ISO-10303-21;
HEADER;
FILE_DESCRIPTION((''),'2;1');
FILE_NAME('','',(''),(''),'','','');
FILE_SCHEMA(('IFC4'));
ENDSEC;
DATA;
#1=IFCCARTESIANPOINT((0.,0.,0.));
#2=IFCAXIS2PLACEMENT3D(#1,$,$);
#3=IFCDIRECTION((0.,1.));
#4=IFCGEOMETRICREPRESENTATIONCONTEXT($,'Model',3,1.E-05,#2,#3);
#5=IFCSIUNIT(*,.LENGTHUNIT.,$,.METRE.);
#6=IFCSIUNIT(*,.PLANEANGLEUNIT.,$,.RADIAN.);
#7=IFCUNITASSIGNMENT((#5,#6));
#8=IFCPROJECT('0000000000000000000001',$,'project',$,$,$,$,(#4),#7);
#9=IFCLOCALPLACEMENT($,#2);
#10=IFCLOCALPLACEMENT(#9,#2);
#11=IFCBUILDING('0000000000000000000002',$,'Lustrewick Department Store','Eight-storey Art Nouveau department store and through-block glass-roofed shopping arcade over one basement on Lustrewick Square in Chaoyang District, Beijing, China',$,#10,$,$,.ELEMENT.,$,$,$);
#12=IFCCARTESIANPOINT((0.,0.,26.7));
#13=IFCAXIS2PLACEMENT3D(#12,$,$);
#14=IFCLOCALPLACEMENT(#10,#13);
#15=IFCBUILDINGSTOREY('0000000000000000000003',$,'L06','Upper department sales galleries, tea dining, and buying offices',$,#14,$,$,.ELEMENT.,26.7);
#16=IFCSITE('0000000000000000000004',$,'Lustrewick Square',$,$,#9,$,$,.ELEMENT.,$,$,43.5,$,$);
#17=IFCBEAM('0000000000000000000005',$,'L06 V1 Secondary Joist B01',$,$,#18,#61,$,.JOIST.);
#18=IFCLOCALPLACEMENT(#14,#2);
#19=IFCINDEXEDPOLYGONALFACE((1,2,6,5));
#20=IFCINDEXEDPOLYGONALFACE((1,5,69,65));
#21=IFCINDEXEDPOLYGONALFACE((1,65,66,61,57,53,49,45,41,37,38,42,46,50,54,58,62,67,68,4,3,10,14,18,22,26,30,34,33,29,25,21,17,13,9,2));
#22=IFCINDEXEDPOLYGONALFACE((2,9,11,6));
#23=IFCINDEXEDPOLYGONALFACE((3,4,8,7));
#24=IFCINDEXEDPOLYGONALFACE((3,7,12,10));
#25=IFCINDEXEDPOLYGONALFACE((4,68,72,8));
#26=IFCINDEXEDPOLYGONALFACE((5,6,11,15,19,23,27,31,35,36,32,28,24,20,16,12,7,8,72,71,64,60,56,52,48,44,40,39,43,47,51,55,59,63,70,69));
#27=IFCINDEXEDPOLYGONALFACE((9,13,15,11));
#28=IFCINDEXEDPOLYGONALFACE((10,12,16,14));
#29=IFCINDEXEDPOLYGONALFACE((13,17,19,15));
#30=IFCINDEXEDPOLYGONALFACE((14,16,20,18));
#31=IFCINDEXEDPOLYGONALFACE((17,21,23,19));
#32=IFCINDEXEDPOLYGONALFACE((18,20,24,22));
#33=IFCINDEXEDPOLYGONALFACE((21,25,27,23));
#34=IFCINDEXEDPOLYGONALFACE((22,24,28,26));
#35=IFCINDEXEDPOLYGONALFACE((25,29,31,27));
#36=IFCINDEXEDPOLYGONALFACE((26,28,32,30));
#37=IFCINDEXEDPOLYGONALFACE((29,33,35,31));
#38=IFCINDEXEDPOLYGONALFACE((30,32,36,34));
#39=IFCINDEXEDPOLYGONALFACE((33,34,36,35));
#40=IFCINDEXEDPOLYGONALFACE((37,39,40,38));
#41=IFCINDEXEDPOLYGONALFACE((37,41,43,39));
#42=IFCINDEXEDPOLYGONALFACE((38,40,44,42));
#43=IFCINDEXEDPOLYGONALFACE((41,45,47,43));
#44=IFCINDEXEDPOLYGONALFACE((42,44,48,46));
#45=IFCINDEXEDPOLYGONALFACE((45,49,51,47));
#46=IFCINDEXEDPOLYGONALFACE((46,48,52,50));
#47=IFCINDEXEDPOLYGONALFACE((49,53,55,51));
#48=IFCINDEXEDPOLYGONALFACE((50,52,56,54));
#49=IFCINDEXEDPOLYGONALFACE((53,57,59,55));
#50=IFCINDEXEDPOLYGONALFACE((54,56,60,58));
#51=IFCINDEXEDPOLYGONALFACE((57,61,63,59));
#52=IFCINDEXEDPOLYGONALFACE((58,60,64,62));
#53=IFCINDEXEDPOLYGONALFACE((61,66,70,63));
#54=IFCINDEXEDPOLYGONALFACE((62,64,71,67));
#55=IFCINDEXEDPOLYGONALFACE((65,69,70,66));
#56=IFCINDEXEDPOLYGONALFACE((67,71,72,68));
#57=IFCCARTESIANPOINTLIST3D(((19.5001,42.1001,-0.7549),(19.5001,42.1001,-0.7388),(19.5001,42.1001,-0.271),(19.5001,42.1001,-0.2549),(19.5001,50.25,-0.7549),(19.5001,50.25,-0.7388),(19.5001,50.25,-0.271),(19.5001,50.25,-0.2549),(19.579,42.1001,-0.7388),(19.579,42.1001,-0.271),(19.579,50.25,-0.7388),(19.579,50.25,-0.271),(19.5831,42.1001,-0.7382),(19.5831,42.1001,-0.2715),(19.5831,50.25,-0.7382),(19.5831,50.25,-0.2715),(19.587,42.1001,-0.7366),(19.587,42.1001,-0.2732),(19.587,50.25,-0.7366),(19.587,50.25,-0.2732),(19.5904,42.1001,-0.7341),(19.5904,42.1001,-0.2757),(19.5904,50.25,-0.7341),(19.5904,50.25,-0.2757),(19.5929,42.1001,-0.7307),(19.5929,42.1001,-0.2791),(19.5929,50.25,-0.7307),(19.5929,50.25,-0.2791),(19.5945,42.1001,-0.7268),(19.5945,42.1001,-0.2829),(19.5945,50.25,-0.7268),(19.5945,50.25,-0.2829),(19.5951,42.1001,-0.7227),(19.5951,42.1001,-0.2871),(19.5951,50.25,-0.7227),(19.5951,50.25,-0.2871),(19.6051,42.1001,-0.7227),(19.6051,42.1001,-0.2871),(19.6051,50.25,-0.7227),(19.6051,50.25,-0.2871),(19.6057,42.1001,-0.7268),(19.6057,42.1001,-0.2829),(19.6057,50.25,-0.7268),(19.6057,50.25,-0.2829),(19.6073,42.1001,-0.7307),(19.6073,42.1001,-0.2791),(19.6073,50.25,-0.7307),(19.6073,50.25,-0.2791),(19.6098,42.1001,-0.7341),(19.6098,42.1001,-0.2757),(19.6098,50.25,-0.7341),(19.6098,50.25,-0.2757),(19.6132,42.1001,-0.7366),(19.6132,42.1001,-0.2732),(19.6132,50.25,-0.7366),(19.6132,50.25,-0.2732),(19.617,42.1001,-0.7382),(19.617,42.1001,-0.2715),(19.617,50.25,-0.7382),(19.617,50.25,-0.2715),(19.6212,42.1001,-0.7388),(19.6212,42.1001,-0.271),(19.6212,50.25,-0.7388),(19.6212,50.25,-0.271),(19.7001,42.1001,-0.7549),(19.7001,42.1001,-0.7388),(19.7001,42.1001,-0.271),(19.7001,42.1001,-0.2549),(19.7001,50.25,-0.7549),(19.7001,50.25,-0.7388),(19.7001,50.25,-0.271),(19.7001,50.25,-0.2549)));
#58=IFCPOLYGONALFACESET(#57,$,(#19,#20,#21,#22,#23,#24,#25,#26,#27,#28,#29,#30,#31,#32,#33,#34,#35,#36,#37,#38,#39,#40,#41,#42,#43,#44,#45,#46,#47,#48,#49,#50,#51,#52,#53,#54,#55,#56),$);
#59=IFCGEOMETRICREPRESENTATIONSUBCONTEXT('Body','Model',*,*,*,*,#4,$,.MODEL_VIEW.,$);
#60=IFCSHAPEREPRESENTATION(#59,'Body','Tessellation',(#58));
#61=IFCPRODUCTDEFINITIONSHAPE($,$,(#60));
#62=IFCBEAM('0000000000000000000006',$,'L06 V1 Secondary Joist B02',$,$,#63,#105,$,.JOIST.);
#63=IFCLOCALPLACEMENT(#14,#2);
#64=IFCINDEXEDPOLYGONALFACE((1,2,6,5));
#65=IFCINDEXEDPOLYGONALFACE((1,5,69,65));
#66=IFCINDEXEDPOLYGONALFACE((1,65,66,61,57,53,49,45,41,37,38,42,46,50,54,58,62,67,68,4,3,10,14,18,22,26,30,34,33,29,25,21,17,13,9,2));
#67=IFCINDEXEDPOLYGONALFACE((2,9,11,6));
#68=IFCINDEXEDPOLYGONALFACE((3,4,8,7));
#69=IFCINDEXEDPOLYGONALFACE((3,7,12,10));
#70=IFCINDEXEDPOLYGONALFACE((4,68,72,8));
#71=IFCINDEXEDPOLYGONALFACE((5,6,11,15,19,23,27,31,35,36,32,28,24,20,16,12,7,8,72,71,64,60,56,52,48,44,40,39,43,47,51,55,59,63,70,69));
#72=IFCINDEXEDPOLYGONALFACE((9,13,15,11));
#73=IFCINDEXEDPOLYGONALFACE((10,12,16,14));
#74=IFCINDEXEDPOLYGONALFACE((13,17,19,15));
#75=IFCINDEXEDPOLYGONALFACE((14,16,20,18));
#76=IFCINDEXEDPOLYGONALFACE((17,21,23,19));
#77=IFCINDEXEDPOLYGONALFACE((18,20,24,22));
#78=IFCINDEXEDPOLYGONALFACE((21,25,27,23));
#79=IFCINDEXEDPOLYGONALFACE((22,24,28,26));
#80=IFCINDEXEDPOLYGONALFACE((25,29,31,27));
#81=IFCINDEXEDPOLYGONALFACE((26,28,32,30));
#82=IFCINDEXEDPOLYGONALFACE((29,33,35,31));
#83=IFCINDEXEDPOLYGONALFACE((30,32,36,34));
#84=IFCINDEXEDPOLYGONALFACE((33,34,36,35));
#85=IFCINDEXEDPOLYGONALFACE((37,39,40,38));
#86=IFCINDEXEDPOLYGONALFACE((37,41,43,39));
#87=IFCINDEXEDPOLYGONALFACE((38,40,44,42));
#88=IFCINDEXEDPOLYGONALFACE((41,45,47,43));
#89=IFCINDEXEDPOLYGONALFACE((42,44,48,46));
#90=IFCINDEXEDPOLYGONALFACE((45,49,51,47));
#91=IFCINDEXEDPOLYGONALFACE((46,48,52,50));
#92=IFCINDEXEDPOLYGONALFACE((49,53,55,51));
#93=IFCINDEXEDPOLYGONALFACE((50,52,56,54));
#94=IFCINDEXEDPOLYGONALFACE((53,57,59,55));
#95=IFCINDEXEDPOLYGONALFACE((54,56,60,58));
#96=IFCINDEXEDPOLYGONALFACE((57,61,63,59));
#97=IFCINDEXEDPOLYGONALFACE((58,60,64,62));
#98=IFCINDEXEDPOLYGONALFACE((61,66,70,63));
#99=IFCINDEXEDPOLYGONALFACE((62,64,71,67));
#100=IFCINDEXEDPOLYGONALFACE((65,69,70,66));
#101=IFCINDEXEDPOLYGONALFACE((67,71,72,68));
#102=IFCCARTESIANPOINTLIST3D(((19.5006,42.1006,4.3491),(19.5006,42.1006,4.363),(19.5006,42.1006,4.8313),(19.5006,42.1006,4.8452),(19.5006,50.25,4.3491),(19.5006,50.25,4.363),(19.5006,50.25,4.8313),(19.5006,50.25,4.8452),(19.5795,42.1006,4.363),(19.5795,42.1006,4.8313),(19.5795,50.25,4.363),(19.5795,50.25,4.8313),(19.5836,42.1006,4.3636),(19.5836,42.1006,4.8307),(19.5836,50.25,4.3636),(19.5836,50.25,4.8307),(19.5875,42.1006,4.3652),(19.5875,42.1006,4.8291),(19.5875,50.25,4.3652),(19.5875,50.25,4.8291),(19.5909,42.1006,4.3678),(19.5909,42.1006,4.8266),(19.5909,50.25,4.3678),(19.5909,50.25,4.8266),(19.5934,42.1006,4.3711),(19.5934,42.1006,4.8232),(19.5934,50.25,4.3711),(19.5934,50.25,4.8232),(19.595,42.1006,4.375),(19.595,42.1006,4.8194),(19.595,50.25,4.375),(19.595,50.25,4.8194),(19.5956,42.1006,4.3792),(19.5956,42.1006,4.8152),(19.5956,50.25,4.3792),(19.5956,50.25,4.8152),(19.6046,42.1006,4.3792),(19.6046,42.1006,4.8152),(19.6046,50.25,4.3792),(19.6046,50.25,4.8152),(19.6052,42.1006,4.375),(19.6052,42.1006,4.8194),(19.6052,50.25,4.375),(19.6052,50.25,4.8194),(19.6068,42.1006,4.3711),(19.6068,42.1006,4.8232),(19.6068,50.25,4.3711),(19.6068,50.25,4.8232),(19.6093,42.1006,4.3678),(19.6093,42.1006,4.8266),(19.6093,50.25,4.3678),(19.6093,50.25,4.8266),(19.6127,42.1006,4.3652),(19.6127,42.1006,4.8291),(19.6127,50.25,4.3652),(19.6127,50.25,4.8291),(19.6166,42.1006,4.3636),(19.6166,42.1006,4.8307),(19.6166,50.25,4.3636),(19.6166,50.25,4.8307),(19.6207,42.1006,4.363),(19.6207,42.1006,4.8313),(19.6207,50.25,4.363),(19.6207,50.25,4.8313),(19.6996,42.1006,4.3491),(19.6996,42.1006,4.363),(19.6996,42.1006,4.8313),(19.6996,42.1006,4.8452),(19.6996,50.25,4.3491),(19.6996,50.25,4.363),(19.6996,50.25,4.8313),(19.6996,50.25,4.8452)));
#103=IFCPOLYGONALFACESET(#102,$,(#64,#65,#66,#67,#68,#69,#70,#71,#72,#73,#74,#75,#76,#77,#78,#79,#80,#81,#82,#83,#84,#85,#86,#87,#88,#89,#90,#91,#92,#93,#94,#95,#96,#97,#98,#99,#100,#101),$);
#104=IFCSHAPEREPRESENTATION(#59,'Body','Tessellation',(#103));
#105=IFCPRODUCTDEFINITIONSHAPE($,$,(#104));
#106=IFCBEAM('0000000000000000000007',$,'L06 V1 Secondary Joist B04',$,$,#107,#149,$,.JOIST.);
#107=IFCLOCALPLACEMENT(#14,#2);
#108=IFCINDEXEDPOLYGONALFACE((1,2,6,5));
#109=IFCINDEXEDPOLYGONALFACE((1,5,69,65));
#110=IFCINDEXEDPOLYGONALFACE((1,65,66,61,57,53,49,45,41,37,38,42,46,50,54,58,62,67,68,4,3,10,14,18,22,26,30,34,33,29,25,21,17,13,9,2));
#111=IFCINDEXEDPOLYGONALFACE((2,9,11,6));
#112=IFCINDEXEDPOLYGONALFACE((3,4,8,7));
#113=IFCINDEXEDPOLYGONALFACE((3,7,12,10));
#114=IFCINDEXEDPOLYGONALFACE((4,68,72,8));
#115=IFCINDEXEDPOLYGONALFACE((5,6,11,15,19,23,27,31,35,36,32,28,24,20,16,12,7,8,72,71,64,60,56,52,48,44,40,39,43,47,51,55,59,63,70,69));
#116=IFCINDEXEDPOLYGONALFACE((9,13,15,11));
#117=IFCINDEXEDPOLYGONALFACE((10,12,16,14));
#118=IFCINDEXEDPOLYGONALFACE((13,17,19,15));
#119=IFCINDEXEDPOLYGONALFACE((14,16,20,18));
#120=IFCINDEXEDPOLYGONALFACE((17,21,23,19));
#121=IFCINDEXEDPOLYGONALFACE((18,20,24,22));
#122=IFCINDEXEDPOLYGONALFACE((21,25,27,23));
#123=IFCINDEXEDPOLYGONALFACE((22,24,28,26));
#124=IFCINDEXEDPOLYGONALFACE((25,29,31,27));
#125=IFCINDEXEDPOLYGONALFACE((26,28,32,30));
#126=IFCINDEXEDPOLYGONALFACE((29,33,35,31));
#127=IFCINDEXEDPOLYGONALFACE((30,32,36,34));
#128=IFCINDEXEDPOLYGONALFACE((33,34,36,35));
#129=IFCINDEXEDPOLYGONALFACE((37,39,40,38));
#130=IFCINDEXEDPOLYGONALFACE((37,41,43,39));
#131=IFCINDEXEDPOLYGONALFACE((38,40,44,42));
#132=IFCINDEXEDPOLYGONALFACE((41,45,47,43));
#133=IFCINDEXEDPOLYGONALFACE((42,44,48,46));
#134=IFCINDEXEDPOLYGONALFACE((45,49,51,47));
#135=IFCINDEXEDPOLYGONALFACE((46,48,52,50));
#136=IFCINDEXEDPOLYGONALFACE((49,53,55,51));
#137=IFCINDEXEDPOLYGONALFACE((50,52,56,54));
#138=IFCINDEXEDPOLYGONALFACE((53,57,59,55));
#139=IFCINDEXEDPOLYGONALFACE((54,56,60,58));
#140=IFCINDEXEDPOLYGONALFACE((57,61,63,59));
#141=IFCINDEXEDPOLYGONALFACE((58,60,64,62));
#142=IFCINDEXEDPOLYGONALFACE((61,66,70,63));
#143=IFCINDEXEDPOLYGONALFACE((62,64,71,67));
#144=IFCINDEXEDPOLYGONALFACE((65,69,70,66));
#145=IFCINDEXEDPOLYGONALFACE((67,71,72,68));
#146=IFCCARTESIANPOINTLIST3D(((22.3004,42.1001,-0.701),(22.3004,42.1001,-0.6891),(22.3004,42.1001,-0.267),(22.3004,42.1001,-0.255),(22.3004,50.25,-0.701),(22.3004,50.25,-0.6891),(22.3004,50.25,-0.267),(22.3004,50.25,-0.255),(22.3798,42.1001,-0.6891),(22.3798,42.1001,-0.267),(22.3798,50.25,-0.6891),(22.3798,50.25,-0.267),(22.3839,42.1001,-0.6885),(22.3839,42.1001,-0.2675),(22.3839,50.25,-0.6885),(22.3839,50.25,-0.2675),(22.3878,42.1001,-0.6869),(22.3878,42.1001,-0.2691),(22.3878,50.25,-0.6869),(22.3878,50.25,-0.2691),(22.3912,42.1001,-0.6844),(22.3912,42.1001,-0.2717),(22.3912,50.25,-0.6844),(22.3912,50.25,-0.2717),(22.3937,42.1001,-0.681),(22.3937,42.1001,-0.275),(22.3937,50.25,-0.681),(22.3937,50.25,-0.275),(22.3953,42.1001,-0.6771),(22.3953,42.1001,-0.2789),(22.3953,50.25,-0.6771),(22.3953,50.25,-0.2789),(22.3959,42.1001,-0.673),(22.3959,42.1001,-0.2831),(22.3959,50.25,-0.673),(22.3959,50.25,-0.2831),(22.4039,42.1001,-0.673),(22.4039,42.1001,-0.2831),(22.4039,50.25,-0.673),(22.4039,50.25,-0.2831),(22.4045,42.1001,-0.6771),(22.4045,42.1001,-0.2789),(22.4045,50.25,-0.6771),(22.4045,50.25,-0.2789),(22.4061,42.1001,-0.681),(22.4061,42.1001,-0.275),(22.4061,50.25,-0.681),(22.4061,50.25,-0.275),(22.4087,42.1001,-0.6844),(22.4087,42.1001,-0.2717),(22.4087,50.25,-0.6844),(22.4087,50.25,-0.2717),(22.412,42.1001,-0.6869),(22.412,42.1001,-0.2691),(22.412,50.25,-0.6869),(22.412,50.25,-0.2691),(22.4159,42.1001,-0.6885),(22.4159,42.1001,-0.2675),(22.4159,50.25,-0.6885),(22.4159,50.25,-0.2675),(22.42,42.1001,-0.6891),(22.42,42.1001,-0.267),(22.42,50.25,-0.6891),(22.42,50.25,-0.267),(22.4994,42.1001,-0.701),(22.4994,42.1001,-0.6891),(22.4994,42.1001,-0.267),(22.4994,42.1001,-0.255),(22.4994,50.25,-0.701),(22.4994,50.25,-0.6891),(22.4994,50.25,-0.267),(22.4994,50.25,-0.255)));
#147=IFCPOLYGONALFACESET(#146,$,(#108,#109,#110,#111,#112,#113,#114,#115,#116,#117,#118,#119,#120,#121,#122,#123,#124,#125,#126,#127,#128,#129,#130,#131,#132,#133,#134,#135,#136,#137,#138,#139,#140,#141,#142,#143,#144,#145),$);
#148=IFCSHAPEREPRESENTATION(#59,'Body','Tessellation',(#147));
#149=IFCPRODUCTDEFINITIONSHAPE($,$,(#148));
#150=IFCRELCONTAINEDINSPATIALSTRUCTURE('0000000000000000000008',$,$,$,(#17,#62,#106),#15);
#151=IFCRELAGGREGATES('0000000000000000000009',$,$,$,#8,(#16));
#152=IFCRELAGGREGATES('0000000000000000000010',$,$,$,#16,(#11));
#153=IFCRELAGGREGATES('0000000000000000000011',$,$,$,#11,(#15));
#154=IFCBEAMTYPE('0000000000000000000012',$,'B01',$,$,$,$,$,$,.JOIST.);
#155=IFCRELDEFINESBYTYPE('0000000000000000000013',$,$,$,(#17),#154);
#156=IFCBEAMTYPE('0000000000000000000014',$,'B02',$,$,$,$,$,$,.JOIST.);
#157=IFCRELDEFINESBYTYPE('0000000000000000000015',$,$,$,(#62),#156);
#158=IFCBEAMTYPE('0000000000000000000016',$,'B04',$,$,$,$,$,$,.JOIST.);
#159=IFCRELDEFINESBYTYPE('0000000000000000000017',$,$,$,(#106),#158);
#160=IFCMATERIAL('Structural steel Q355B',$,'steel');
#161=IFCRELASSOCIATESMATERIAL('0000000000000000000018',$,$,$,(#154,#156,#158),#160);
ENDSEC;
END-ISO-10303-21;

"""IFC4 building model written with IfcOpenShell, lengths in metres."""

from ifc_helpers import new_model, si_unit, direction, frame, origin, origin_2d, place, context, subcontext, project, spatial, i_section, extrude, material, material_profile, profile_set, type_object, element, save


model = new_model("IFC4")

# Units and contexts
model_context = context("Model", 3, precision=1e-05, world=origin(), true_north=direction((0.0, 1.0)))
body_context = subcontext(model_context, "Body", "Model", "MODEL_VIEW")
ifc_project = project(units=[si_unit("LENGTHUNIT", "METRE"), si_unit("PLANEANGLEUNIT", "RADIAN")], contexts=[model_context])

# Site, building, storey
site_placement = place(None, origin())
site = spatial("IfcSite", under=ifc_project, at=site_placement, Name="Lustrewick Square", CompositionType="ELEMENT", RefElevation=43.5)
building_placement = place(site_placement, origin())
building = spatial("IfcBuilding", under=site, at=building_placement, Name="Lustrewick Department Store", Description="Eight-storey Art Nouveau department store and through-block glass-roofed shopping arcade over one basement on Lustrewick Square in Chaoyang District, Beijing, China", CompositionType="ELEMENT")
storey_placement = place(building_placement, frame((0.0, 0.0, 26.7)))
storey = spatial("IfcBuildingStorey", under=building, at=storey_placement, Name="L06", Description="Upper department sales galleries, tea dining, and buying offices", CompositionType="ELEMENT", Elevation=26.7)

# Shared definitions
ifc_material_1 = material(Name="Structural steel Q355B", Category="steel")

# Beams
ifc_material_profile_1 = material_profile(ifc_material_1, i_section(OverallWidth=0.2, OverallDepth=0.5, WebThickness=0.01, FlangeThickness=0.0161, FilletRadius=0.0161, at=origin_2d()), Name="HN 500x200x10x16")
ifc_profile_set_1 = profile_set([ifc_material_profile_1], Name="Structural steel Q355B")
beam_type_1 = type_object("IfcBeamType", Name="B01", PredefinedType="JOIST", material=ifc_profile_set_1)
beam_1_placement = place(storey_placement, frame((19.6001, 42.1001, -0.5049), z_axis=(0.0, 1.0, 0.0), x_axis=(-1.0, 0.0, 0.0)))
element("IfcBeam", 1, at=beam_1_placement, inside=storey, type_object=beam_type_1, Name="L06 V1 Secondary Joist B01", PredefinedType="JOIST", context=body_context, shape_type="SweptSolid", body=[
    extrude(i_section(OverallWidth=0.2, OverallDepth=0.5, WebThickness=0.01, FlangeThickness=0.0161, FilletRadius=0.0161, at=origin_2d()), origin(), (0.0, 0.0, 1.0), 8.1499),
])
ifc_material_profile_2 = material_profile(ifc_material_1, i_section(OverallWidth=0.199, OverallDepth=0.4961, WebThickness=0.009, FlangeThickness=0.0139, FilletRadius=0.0161, at=origin_2d()), Name="HN 496x199x9x14")
ifc_profile_set_2 = profile_set([ifc_material_profile_2], Name="Structural steel Q355B")
beam_type_2 = type_object("IfcBeamType", Name="B02", PredefinedType="JOIST", material=ifc_profile_set_2)
beam_2_placement = place(storey_placement, frame((19.6001, 42.1006, 4.5972), z_axis=(0.0, 1.0, 0.0), x_axis=(-1.0, 0.0, 0.0)))
element("IfcBeam", 2, at=beam_2_placement, inside=storey, type_object=beam_type_2, Name="L06 V1 Secondary Joist B02", PredefinedType="JOIST", context=body_context, shape_type="SweptSolid", body=[
    extrude(i_section(OverallWidth=0.199, OverallDepth=0.4961, WebThickness=0.009, FlangeThickness=0.0139, FilletRadius=0.0161, at=origin_2d()), origin(), (0.0, 0.0, 1.0), 8.1494),
])
ifc_material_profile_3 = material_profile(ifc_material_1, i_section(OverallWidth=0.199, OverallDepth=0.446, WebThickness=0.0081, FlangeThickness=0.012, FilletRadius=0.0161, at=origin_2d()), Name="HN 446x199x8x12")
ifc_profile_set_3 = profile_set([ifc_material_profile_3], Name="Structural steel Q355B")
beam_type_3 = type_object("IfcBeamType", Name="B04", PredefinedType="JOIST", material=ifc_profile_set_3)
beam_3_placement = place(storey_placement, frame((22.3999, 42.1001, -0.478), z_axis=(0.0, 1.0, 0.0), x_axis=(-1.0, 0.0, 0.0)))
element("IfcBeam", 3, at=beam_3_placement, inside=storey, type_object=beam_type_3, Name="L06 V1 Secondary Joist B04", PredefinedType="JOIST", context=body_context, shape_type="SweptSolid", body=[
    extrude(i_section(OverallWidth=0.199, OverallDepth=0.446, WebThickness=0.0081, FlangeThickness=0.012, FilletRadius=0.0161, at=origin_2d()), origin(), (0.0, 0.0, 1.0), 8.1499),
])

save(model, "model.ifc")
